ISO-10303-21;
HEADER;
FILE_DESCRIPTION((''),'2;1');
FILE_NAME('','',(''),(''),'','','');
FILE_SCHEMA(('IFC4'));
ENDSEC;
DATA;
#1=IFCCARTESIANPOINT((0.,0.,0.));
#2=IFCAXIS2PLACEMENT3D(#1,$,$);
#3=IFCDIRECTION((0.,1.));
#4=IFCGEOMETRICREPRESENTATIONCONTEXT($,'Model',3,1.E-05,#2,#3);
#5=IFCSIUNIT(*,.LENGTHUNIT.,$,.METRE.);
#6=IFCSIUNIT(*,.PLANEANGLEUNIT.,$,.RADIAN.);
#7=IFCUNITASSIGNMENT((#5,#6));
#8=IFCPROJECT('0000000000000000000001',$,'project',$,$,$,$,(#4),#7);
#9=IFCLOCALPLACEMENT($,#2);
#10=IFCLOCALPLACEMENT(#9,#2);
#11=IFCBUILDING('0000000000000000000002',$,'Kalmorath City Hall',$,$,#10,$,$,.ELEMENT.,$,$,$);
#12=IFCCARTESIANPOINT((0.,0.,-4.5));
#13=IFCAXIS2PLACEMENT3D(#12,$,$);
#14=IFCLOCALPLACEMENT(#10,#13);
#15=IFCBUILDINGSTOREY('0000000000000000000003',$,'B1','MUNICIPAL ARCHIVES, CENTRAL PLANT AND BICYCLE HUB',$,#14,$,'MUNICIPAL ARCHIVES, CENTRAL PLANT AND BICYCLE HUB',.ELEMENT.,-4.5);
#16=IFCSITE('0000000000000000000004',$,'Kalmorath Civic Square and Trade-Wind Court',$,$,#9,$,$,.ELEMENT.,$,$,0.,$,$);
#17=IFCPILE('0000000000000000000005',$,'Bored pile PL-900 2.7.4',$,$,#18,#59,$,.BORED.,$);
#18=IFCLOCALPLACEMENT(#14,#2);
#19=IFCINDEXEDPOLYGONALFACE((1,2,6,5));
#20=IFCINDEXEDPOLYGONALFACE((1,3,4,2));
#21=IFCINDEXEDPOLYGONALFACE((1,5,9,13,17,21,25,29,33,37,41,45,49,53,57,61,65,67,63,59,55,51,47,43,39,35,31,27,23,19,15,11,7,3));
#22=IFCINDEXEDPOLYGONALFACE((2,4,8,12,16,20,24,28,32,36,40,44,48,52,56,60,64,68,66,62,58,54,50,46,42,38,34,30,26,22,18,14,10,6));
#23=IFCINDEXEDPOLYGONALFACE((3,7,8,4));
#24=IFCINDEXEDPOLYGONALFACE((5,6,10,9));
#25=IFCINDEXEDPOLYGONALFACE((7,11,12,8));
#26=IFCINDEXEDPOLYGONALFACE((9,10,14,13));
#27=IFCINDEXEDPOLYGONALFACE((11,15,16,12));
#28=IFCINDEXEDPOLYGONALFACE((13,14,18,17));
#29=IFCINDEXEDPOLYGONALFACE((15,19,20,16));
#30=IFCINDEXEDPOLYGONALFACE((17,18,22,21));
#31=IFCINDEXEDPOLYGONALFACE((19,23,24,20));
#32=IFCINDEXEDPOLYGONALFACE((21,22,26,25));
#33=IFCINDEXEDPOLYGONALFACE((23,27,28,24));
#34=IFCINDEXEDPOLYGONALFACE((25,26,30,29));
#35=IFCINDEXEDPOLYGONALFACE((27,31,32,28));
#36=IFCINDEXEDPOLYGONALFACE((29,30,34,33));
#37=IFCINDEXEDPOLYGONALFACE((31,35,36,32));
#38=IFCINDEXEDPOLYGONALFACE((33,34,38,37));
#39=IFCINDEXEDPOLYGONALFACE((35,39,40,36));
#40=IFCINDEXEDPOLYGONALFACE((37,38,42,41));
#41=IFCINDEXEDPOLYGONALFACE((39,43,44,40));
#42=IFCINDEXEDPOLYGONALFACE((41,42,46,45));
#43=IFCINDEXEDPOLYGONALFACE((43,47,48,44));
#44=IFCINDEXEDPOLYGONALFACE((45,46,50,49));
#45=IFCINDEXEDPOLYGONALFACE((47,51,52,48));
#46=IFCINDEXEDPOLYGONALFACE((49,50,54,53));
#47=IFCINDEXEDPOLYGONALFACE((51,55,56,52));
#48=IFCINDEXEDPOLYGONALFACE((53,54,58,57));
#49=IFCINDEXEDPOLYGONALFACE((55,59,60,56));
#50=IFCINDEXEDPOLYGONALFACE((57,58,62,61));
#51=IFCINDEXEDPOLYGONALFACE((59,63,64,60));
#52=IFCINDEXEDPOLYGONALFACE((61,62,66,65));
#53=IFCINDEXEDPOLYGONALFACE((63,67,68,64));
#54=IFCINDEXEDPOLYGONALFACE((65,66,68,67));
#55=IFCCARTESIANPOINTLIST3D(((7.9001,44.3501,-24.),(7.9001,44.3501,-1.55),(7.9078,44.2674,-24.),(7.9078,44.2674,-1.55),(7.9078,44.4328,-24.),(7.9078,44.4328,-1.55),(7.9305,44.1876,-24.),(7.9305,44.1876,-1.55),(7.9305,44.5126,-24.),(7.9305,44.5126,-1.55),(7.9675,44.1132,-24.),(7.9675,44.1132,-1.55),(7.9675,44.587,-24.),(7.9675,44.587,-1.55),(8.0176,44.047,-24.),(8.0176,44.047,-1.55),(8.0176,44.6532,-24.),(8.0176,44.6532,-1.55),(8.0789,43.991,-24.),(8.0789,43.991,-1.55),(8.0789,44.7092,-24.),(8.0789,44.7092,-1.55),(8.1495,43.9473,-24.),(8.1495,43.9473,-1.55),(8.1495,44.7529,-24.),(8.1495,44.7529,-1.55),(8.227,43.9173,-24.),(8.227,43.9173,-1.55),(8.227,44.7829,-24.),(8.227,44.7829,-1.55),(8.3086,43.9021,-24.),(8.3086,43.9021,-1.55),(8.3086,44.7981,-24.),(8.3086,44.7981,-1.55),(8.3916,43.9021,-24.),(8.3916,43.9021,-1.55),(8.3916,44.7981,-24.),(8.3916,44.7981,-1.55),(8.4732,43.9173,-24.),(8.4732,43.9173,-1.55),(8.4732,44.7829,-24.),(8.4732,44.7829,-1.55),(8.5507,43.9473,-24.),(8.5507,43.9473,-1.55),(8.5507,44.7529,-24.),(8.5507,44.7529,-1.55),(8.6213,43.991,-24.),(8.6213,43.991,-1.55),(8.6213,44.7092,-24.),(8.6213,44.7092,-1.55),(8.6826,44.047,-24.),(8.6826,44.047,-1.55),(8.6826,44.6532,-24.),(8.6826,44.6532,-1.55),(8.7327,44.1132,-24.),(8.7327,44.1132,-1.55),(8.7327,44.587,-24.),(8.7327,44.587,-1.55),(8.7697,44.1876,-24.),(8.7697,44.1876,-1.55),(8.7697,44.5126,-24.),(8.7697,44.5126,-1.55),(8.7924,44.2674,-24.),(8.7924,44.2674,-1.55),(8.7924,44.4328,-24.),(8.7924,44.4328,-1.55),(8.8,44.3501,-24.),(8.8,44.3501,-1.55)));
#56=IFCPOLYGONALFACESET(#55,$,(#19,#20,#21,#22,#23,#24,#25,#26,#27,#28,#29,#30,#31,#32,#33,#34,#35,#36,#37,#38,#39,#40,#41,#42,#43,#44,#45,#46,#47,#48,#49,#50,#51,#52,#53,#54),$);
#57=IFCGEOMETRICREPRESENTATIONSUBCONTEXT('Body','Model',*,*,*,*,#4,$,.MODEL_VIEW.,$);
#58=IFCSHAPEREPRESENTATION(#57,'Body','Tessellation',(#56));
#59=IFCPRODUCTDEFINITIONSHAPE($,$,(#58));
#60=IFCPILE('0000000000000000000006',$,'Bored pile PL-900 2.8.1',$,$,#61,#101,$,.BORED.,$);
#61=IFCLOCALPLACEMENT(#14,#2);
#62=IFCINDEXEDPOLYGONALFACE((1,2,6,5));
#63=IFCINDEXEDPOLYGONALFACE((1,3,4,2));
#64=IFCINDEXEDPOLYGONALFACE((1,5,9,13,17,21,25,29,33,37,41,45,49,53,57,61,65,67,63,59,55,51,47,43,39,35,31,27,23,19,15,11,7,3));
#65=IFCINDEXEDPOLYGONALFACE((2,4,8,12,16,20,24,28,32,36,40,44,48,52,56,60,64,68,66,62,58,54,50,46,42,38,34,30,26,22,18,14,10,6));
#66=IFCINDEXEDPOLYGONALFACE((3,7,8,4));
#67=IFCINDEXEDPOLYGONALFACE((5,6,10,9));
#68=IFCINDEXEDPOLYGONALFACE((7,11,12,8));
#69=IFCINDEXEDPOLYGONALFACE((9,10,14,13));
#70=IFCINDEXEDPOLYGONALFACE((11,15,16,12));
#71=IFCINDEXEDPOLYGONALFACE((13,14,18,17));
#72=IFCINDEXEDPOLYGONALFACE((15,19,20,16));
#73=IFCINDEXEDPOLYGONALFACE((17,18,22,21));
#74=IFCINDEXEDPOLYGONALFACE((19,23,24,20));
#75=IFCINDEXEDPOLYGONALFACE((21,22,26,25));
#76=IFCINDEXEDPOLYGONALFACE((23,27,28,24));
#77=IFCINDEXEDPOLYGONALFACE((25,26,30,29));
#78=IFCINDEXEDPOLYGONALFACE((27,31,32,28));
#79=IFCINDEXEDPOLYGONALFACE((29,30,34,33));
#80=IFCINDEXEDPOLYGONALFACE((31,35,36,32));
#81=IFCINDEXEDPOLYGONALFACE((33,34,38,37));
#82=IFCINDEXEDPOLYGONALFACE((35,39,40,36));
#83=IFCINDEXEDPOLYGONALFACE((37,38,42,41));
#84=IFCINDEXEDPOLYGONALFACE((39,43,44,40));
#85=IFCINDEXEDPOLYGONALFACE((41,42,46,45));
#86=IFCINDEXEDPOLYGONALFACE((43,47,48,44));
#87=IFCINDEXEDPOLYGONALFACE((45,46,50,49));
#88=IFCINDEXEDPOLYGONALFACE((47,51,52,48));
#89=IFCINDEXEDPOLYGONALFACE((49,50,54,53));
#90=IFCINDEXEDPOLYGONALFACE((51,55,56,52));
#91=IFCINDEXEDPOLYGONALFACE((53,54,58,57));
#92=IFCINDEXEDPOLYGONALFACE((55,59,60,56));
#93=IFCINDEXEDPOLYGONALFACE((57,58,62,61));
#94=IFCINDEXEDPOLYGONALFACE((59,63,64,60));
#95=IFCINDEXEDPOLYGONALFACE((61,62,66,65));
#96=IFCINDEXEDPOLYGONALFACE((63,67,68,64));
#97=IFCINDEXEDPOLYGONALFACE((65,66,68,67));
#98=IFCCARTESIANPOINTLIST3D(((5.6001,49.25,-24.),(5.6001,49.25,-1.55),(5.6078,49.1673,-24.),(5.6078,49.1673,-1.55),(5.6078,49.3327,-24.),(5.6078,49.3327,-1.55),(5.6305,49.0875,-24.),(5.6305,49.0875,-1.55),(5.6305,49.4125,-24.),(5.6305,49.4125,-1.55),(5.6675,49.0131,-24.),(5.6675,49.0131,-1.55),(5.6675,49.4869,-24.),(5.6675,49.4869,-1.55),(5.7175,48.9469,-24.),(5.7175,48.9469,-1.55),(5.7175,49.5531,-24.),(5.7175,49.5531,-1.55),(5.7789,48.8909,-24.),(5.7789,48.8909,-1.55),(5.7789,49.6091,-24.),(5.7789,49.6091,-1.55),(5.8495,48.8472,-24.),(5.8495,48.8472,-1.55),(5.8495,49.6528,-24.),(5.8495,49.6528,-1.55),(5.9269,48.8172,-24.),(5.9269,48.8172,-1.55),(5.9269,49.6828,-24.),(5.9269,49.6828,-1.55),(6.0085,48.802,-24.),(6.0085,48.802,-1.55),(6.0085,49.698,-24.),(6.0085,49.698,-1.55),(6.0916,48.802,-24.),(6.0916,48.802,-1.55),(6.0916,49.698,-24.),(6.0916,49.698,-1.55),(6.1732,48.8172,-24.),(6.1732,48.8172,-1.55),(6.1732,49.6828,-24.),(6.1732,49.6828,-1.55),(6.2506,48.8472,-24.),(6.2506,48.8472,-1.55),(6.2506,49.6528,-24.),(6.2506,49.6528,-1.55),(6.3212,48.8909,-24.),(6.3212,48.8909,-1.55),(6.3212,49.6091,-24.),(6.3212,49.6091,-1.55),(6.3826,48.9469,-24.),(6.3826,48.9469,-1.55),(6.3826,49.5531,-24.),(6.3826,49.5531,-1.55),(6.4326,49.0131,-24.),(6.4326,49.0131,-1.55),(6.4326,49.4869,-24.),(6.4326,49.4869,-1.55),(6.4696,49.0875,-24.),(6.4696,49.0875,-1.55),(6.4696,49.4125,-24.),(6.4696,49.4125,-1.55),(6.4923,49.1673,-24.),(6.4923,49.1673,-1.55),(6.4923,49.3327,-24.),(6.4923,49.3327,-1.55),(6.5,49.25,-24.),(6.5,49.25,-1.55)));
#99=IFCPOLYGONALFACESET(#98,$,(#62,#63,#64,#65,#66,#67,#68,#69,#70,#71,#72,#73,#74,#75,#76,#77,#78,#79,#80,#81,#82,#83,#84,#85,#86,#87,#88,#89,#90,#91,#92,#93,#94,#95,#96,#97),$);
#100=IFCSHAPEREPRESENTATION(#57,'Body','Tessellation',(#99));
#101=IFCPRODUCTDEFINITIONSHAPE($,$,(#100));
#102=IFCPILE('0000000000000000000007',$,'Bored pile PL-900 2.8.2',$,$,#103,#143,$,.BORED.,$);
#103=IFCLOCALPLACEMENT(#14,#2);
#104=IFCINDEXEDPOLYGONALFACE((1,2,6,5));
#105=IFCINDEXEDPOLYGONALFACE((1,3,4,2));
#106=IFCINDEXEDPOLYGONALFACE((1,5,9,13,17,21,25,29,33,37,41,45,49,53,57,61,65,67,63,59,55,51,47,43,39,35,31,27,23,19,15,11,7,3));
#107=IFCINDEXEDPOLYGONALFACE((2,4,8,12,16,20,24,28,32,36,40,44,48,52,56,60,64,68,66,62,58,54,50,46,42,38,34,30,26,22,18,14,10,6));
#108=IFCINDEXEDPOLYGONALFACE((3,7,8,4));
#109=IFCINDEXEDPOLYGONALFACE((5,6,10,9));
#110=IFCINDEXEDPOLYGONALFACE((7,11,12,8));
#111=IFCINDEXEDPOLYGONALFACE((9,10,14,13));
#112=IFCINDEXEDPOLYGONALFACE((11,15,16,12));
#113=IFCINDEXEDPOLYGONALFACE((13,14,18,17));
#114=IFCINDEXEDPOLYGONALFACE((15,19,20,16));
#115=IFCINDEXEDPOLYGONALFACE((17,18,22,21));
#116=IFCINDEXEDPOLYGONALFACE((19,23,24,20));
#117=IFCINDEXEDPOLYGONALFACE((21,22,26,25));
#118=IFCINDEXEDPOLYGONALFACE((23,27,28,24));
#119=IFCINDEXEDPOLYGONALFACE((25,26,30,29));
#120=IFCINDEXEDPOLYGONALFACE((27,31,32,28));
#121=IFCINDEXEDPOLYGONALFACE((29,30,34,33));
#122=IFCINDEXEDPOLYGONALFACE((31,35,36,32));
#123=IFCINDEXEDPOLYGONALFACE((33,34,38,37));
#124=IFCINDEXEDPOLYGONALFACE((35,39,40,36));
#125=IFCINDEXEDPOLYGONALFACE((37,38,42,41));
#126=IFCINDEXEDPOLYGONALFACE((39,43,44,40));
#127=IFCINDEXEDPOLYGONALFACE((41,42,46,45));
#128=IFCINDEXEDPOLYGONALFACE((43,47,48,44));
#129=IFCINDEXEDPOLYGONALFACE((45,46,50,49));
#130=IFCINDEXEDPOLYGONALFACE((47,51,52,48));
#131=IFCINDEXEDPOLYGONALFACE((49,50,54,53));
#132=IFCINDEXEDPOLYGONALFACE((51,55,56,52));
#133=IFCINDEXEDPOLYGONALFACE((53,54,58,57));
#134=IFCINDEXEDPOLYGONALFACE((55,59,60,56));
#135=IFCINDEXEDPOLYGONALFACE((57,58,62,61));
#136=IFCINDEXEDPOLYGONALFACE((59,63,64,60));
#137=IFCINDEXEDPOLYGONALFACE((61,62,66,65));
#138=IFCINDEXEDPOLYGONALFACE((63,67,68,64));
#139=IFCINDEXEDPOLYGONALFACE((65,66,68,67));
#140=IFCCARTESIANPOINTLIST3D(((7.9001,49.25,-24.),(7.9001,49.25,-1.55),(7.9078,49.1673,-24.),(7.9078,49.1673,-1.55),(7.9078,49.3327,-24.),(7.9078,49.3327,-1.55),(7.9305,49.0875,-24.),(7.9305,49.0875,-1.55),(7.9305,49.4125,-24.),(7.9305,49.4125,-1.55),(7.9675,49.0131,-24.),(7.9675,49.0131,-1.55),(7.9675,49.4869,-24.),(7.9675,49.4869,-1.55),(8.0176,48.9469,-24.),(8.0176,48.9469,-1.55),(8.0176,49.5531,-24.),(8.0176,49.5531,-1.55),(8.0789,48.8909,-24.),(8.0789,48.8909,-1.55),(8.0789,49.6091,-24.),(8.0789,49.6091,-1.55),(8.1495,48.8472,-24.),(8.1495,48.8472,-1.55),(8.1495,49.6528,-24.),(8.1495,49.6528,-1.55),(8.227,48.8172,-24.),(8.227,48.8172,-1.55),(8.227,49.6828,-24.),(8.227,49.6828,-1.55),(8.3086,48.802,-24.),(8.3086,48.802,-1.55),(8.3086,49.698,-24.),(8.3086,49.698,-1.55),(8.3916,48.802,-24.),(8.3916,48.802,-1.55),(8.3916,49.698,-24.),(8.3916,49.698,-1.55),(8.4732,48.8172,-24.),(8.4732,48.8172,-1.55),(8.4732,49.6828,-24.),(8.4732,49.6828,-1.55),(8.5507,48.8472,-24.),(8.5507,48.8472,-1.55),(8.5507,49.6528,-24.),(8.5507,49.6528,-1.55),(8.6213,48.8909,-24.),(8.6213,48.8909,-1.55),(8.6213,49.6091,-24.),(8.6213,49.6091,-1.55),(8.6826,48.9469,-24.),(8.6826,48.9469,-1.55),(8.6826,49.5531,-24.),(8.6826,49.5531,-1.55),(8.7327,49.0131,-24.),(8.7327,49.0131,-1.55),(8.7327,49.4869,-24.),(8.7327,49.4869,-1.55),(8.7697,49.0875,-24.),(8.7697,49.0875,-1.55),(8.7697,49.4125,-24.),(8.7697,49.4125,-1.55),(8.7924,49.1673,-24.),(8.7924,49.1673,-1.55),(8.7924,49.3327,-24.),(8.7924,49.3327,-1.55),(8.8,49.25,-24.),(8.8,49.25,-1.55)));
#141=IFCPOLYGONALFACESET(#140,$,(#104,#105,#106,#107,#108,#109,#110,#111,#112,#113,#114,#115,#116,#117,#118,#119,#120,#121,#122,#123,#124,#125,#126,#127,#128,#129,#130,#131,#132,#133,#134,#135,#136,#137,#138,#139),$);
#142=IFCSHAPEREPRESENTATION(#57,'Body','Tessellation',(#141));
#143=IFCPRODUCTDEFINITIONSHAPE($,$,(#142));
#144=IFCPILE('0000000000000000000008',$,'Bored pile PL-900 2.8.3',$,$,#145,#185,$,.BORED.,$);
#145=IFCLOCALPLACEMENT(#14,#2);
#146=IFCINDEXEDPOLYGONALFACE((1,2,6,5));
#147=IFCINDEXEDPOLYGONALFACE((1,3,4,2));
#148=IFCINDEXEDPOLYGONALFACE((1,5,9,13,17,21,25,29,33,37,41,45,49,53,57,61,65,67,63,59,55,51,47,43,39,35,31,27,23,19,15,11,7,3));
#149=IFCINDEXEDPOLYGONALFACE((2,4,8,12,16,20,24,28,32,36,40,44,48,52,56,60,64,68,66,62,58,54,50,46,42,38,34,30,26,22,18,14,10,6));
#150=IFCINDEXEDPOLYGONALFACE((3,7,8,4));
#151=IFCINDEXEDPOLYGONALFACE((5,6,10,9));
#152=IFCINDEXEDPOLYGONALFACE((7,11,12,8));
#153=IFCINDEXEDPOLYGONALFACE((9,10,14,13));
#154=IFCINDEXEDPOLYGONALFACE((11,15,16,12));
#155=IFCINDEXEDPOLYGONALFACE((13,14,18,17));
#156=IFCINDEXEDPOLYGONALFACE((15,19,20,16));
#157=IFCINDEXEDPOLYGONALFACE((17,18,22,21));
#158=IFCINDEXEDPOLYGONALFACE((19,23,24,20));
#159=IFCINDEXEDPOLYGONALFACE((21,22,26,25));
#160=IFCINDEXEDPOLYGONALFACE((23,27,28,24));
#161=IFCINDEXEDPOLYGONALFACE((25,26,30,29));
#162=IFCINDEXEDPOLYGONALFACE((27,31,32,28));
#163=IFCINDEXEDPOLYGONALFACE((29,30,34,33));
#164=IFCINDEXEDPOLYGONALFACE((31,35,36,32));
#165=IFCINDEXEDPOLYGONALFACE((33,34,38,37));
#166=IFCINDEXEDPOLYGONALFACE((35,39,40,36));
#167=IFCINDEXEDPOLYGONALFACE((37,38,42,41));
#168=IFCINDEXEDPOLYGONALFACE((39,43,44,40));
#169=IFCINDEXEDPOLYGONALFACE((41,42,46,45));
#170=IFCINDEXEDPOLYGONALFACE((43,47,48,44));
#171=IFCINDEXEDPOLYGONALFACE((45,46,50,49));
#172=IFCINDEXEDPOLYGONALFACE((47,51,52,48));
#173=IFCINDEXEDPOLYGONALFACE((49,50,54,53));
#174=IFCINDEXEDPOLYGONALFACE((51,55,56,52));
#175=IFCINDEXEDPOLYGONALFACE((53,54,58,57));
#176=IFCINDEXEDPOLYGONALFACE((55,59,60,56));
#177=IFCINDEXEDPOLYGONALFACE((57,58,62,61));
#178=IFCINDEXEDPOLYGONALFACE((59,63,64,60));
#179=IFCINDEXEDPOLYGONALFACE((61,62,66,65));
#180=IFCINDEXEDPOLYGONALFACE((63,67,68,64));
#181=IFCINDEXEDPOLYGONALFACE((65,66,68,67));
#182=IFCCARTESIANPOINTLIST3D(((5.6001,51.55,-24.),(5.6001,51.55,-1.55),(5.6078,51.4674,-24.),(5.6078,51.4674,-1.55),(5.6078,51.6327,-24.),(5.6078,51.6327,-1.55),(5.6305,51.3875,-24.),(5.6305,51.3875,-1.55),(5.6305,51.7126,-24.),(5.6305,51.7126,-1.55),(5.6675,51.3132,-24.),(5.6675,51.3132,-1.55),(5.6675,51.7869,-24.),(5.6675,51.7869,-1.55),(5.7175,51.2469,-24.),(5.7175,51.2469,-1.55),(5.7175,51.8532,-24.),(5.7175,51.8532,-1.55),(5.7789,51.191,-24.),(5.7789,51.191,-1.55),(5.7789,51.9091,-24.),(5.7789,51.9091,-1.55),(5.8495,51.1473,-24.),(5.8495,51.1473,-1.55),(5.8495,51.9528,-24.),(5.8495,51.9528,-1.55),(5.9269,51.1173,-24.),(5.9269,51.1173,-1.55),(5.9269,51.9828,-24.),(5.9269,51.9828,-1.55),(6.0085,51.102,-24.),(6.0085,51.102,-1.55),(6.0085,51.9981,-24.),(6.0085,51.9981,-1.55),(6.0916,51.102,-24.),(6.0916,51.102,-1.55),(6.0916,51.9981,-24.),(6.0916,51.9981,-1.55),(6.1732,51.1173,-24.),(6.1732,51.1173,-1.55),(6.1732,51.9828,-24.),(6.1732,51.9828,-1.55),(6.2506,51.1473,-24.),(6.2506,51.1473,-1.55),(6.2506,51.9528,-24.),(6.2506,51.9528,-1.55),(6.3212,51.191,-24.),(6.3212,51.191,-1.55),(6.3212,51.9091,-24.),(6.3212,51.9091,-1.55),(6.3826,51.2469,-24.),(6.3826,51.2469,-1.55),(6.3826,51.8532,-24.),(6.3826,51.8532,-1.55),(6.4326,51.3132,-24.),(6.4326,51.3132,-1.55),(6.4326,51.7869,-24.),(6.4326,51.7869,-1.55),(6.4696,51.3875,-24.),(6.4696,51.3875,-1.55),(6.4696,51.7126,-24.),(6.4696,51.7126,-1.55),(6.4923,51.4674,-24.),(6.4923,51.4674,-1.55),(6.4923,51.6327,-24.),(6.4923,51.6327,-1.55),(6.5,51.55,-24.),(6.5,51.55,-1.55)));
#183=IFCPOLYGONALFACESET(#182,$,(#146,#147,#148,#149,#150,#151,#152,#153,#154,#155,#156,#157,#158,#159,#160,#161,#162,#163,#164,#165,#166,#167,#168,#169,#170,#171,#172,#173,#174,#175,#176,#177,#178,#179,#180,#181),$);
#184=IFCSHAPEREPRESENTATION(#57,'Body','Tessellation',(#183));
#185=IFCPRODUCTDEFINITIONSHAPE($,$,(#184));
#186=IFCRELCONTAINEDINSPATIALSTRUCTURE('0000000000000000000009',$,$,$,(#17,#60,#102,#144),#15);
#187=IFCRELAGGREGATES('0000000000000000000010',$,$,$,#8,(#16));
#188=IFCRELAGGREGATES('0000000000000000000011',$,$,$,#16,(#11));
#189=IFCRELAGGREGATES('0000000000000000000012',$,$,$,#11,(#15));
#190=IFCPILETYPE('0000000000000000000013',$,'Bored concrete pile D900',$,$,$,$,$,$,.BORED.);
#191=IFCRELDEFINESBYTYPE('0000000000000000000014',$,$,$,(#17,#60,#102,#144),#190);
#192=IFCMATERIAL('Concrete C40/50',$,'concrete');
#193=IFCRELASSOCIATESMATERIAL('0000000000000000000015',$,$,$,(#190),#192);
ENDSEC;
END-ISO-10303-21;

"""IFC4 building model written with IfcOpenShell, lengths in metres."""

from ifc_helpers import new_model, si_unit, direction, frame, origin, origin_2d, place, context, subcontext, project, spatial, circle, extrude, material, material_profile, profile_set, type_object, element, save


model = new_model("IFC4")

# Units and contexts
model_context = context("Model", 3, precision=1e-05, world=origin(), true_north=direction((0.0, 1.0)))
body_context = subcontext(model_context, "Body", "Model", "MODEL_VIEW")
ifc_project = project(units=[si_unit("LENGTHUNIT", "METRE"), si_unit("PLANEANGLEUNIT", "RADIAN")], contexts=[model_context])

# Site, building, storey
site_placement = place(None, origin())
site = spatial("IfcSite", under=ifc_project, at=site_placement, Name="Kalmorath Civic Square and Trade-Wind Court", CompositionType="ELEMENT", RefElevation=0.0)
building_placement = place(site_placement, origin())
building = spatial("IfcBuilding", under=site, at=building_placement, Name="Kalmorath City Hall", CompositionType="ELEMENT")
storey_placement = place(building_placement, frame((0.0, 0.0, -4.5)))
storey = spatial("IfcBuildingStorey", under=building, at=storey_placement, Name="B1", Description="MUNICIPAL ARCHIVES, CENTRAL PLANT AND BICYCLE HUB", LongName="MUNICIPAL ARCHIVES, CENTRAL PLANT AND BICYCLE HUB", CompositionType="ELEMENT", Elevation=-4.5)

# Piles
ifc_material_1 = material(Name="Concrete C40/50", Category="concrete")
ifc_material_profile_1 = material_profile(ifc_material_1, circle(Radius=0.45, at=origin_2d()), Name="PILE-D900")
ifc_profile_set_1 = profile_set([ifc_material_profile_1], Name="Concrete C40/50")
pile_type_1 = type_object("IfcPileType", Name="Bored concrete pile D900", PredefinedType="BORED", material=ifc_profile_set_1)
for number, where, z_axis, x_axis, name in (
    (1, (8.3501, 44.3501, -1.55), (0.0, 0.0, -1.0), (1.0, 0.0, 0.0), "Bored pile PL-900 2.7.4"),
    (2, (6.05, 49.25, -1.55), (0.0, 0.0, -1.0), (1.0, 0.0, 0.0), "Bored pile PL-900 2.8.1"),
    (3, (8.3501, 49.25, -1.55), (0.0, 0.0, -1.0), (1.0, 0.0, 0.0), "Bored pile PL-900 2.8.2"),
    (4, (6.05, 51.55, -1.55), (0.0, 0.0, -1.0), (1.0, 0.0, 0.0), "Bored pile PL-900 2.8.3"),
):
    element("IfcPile", number, at=place(storey_placement, frame(where, z_axis=z_axis, x_axis=x_axis)), inside=storey, type_object=pile_type_1, Name=name, PredefinedType="BORED", context=body_context, shape_type="SweptSolid", body=[
        extrude(circle(Radius=0.45, at=origin_2d()), origin(), (0.0, 0.0, 1.0), 22.45),
    ])

save(model, "model.ifc")
